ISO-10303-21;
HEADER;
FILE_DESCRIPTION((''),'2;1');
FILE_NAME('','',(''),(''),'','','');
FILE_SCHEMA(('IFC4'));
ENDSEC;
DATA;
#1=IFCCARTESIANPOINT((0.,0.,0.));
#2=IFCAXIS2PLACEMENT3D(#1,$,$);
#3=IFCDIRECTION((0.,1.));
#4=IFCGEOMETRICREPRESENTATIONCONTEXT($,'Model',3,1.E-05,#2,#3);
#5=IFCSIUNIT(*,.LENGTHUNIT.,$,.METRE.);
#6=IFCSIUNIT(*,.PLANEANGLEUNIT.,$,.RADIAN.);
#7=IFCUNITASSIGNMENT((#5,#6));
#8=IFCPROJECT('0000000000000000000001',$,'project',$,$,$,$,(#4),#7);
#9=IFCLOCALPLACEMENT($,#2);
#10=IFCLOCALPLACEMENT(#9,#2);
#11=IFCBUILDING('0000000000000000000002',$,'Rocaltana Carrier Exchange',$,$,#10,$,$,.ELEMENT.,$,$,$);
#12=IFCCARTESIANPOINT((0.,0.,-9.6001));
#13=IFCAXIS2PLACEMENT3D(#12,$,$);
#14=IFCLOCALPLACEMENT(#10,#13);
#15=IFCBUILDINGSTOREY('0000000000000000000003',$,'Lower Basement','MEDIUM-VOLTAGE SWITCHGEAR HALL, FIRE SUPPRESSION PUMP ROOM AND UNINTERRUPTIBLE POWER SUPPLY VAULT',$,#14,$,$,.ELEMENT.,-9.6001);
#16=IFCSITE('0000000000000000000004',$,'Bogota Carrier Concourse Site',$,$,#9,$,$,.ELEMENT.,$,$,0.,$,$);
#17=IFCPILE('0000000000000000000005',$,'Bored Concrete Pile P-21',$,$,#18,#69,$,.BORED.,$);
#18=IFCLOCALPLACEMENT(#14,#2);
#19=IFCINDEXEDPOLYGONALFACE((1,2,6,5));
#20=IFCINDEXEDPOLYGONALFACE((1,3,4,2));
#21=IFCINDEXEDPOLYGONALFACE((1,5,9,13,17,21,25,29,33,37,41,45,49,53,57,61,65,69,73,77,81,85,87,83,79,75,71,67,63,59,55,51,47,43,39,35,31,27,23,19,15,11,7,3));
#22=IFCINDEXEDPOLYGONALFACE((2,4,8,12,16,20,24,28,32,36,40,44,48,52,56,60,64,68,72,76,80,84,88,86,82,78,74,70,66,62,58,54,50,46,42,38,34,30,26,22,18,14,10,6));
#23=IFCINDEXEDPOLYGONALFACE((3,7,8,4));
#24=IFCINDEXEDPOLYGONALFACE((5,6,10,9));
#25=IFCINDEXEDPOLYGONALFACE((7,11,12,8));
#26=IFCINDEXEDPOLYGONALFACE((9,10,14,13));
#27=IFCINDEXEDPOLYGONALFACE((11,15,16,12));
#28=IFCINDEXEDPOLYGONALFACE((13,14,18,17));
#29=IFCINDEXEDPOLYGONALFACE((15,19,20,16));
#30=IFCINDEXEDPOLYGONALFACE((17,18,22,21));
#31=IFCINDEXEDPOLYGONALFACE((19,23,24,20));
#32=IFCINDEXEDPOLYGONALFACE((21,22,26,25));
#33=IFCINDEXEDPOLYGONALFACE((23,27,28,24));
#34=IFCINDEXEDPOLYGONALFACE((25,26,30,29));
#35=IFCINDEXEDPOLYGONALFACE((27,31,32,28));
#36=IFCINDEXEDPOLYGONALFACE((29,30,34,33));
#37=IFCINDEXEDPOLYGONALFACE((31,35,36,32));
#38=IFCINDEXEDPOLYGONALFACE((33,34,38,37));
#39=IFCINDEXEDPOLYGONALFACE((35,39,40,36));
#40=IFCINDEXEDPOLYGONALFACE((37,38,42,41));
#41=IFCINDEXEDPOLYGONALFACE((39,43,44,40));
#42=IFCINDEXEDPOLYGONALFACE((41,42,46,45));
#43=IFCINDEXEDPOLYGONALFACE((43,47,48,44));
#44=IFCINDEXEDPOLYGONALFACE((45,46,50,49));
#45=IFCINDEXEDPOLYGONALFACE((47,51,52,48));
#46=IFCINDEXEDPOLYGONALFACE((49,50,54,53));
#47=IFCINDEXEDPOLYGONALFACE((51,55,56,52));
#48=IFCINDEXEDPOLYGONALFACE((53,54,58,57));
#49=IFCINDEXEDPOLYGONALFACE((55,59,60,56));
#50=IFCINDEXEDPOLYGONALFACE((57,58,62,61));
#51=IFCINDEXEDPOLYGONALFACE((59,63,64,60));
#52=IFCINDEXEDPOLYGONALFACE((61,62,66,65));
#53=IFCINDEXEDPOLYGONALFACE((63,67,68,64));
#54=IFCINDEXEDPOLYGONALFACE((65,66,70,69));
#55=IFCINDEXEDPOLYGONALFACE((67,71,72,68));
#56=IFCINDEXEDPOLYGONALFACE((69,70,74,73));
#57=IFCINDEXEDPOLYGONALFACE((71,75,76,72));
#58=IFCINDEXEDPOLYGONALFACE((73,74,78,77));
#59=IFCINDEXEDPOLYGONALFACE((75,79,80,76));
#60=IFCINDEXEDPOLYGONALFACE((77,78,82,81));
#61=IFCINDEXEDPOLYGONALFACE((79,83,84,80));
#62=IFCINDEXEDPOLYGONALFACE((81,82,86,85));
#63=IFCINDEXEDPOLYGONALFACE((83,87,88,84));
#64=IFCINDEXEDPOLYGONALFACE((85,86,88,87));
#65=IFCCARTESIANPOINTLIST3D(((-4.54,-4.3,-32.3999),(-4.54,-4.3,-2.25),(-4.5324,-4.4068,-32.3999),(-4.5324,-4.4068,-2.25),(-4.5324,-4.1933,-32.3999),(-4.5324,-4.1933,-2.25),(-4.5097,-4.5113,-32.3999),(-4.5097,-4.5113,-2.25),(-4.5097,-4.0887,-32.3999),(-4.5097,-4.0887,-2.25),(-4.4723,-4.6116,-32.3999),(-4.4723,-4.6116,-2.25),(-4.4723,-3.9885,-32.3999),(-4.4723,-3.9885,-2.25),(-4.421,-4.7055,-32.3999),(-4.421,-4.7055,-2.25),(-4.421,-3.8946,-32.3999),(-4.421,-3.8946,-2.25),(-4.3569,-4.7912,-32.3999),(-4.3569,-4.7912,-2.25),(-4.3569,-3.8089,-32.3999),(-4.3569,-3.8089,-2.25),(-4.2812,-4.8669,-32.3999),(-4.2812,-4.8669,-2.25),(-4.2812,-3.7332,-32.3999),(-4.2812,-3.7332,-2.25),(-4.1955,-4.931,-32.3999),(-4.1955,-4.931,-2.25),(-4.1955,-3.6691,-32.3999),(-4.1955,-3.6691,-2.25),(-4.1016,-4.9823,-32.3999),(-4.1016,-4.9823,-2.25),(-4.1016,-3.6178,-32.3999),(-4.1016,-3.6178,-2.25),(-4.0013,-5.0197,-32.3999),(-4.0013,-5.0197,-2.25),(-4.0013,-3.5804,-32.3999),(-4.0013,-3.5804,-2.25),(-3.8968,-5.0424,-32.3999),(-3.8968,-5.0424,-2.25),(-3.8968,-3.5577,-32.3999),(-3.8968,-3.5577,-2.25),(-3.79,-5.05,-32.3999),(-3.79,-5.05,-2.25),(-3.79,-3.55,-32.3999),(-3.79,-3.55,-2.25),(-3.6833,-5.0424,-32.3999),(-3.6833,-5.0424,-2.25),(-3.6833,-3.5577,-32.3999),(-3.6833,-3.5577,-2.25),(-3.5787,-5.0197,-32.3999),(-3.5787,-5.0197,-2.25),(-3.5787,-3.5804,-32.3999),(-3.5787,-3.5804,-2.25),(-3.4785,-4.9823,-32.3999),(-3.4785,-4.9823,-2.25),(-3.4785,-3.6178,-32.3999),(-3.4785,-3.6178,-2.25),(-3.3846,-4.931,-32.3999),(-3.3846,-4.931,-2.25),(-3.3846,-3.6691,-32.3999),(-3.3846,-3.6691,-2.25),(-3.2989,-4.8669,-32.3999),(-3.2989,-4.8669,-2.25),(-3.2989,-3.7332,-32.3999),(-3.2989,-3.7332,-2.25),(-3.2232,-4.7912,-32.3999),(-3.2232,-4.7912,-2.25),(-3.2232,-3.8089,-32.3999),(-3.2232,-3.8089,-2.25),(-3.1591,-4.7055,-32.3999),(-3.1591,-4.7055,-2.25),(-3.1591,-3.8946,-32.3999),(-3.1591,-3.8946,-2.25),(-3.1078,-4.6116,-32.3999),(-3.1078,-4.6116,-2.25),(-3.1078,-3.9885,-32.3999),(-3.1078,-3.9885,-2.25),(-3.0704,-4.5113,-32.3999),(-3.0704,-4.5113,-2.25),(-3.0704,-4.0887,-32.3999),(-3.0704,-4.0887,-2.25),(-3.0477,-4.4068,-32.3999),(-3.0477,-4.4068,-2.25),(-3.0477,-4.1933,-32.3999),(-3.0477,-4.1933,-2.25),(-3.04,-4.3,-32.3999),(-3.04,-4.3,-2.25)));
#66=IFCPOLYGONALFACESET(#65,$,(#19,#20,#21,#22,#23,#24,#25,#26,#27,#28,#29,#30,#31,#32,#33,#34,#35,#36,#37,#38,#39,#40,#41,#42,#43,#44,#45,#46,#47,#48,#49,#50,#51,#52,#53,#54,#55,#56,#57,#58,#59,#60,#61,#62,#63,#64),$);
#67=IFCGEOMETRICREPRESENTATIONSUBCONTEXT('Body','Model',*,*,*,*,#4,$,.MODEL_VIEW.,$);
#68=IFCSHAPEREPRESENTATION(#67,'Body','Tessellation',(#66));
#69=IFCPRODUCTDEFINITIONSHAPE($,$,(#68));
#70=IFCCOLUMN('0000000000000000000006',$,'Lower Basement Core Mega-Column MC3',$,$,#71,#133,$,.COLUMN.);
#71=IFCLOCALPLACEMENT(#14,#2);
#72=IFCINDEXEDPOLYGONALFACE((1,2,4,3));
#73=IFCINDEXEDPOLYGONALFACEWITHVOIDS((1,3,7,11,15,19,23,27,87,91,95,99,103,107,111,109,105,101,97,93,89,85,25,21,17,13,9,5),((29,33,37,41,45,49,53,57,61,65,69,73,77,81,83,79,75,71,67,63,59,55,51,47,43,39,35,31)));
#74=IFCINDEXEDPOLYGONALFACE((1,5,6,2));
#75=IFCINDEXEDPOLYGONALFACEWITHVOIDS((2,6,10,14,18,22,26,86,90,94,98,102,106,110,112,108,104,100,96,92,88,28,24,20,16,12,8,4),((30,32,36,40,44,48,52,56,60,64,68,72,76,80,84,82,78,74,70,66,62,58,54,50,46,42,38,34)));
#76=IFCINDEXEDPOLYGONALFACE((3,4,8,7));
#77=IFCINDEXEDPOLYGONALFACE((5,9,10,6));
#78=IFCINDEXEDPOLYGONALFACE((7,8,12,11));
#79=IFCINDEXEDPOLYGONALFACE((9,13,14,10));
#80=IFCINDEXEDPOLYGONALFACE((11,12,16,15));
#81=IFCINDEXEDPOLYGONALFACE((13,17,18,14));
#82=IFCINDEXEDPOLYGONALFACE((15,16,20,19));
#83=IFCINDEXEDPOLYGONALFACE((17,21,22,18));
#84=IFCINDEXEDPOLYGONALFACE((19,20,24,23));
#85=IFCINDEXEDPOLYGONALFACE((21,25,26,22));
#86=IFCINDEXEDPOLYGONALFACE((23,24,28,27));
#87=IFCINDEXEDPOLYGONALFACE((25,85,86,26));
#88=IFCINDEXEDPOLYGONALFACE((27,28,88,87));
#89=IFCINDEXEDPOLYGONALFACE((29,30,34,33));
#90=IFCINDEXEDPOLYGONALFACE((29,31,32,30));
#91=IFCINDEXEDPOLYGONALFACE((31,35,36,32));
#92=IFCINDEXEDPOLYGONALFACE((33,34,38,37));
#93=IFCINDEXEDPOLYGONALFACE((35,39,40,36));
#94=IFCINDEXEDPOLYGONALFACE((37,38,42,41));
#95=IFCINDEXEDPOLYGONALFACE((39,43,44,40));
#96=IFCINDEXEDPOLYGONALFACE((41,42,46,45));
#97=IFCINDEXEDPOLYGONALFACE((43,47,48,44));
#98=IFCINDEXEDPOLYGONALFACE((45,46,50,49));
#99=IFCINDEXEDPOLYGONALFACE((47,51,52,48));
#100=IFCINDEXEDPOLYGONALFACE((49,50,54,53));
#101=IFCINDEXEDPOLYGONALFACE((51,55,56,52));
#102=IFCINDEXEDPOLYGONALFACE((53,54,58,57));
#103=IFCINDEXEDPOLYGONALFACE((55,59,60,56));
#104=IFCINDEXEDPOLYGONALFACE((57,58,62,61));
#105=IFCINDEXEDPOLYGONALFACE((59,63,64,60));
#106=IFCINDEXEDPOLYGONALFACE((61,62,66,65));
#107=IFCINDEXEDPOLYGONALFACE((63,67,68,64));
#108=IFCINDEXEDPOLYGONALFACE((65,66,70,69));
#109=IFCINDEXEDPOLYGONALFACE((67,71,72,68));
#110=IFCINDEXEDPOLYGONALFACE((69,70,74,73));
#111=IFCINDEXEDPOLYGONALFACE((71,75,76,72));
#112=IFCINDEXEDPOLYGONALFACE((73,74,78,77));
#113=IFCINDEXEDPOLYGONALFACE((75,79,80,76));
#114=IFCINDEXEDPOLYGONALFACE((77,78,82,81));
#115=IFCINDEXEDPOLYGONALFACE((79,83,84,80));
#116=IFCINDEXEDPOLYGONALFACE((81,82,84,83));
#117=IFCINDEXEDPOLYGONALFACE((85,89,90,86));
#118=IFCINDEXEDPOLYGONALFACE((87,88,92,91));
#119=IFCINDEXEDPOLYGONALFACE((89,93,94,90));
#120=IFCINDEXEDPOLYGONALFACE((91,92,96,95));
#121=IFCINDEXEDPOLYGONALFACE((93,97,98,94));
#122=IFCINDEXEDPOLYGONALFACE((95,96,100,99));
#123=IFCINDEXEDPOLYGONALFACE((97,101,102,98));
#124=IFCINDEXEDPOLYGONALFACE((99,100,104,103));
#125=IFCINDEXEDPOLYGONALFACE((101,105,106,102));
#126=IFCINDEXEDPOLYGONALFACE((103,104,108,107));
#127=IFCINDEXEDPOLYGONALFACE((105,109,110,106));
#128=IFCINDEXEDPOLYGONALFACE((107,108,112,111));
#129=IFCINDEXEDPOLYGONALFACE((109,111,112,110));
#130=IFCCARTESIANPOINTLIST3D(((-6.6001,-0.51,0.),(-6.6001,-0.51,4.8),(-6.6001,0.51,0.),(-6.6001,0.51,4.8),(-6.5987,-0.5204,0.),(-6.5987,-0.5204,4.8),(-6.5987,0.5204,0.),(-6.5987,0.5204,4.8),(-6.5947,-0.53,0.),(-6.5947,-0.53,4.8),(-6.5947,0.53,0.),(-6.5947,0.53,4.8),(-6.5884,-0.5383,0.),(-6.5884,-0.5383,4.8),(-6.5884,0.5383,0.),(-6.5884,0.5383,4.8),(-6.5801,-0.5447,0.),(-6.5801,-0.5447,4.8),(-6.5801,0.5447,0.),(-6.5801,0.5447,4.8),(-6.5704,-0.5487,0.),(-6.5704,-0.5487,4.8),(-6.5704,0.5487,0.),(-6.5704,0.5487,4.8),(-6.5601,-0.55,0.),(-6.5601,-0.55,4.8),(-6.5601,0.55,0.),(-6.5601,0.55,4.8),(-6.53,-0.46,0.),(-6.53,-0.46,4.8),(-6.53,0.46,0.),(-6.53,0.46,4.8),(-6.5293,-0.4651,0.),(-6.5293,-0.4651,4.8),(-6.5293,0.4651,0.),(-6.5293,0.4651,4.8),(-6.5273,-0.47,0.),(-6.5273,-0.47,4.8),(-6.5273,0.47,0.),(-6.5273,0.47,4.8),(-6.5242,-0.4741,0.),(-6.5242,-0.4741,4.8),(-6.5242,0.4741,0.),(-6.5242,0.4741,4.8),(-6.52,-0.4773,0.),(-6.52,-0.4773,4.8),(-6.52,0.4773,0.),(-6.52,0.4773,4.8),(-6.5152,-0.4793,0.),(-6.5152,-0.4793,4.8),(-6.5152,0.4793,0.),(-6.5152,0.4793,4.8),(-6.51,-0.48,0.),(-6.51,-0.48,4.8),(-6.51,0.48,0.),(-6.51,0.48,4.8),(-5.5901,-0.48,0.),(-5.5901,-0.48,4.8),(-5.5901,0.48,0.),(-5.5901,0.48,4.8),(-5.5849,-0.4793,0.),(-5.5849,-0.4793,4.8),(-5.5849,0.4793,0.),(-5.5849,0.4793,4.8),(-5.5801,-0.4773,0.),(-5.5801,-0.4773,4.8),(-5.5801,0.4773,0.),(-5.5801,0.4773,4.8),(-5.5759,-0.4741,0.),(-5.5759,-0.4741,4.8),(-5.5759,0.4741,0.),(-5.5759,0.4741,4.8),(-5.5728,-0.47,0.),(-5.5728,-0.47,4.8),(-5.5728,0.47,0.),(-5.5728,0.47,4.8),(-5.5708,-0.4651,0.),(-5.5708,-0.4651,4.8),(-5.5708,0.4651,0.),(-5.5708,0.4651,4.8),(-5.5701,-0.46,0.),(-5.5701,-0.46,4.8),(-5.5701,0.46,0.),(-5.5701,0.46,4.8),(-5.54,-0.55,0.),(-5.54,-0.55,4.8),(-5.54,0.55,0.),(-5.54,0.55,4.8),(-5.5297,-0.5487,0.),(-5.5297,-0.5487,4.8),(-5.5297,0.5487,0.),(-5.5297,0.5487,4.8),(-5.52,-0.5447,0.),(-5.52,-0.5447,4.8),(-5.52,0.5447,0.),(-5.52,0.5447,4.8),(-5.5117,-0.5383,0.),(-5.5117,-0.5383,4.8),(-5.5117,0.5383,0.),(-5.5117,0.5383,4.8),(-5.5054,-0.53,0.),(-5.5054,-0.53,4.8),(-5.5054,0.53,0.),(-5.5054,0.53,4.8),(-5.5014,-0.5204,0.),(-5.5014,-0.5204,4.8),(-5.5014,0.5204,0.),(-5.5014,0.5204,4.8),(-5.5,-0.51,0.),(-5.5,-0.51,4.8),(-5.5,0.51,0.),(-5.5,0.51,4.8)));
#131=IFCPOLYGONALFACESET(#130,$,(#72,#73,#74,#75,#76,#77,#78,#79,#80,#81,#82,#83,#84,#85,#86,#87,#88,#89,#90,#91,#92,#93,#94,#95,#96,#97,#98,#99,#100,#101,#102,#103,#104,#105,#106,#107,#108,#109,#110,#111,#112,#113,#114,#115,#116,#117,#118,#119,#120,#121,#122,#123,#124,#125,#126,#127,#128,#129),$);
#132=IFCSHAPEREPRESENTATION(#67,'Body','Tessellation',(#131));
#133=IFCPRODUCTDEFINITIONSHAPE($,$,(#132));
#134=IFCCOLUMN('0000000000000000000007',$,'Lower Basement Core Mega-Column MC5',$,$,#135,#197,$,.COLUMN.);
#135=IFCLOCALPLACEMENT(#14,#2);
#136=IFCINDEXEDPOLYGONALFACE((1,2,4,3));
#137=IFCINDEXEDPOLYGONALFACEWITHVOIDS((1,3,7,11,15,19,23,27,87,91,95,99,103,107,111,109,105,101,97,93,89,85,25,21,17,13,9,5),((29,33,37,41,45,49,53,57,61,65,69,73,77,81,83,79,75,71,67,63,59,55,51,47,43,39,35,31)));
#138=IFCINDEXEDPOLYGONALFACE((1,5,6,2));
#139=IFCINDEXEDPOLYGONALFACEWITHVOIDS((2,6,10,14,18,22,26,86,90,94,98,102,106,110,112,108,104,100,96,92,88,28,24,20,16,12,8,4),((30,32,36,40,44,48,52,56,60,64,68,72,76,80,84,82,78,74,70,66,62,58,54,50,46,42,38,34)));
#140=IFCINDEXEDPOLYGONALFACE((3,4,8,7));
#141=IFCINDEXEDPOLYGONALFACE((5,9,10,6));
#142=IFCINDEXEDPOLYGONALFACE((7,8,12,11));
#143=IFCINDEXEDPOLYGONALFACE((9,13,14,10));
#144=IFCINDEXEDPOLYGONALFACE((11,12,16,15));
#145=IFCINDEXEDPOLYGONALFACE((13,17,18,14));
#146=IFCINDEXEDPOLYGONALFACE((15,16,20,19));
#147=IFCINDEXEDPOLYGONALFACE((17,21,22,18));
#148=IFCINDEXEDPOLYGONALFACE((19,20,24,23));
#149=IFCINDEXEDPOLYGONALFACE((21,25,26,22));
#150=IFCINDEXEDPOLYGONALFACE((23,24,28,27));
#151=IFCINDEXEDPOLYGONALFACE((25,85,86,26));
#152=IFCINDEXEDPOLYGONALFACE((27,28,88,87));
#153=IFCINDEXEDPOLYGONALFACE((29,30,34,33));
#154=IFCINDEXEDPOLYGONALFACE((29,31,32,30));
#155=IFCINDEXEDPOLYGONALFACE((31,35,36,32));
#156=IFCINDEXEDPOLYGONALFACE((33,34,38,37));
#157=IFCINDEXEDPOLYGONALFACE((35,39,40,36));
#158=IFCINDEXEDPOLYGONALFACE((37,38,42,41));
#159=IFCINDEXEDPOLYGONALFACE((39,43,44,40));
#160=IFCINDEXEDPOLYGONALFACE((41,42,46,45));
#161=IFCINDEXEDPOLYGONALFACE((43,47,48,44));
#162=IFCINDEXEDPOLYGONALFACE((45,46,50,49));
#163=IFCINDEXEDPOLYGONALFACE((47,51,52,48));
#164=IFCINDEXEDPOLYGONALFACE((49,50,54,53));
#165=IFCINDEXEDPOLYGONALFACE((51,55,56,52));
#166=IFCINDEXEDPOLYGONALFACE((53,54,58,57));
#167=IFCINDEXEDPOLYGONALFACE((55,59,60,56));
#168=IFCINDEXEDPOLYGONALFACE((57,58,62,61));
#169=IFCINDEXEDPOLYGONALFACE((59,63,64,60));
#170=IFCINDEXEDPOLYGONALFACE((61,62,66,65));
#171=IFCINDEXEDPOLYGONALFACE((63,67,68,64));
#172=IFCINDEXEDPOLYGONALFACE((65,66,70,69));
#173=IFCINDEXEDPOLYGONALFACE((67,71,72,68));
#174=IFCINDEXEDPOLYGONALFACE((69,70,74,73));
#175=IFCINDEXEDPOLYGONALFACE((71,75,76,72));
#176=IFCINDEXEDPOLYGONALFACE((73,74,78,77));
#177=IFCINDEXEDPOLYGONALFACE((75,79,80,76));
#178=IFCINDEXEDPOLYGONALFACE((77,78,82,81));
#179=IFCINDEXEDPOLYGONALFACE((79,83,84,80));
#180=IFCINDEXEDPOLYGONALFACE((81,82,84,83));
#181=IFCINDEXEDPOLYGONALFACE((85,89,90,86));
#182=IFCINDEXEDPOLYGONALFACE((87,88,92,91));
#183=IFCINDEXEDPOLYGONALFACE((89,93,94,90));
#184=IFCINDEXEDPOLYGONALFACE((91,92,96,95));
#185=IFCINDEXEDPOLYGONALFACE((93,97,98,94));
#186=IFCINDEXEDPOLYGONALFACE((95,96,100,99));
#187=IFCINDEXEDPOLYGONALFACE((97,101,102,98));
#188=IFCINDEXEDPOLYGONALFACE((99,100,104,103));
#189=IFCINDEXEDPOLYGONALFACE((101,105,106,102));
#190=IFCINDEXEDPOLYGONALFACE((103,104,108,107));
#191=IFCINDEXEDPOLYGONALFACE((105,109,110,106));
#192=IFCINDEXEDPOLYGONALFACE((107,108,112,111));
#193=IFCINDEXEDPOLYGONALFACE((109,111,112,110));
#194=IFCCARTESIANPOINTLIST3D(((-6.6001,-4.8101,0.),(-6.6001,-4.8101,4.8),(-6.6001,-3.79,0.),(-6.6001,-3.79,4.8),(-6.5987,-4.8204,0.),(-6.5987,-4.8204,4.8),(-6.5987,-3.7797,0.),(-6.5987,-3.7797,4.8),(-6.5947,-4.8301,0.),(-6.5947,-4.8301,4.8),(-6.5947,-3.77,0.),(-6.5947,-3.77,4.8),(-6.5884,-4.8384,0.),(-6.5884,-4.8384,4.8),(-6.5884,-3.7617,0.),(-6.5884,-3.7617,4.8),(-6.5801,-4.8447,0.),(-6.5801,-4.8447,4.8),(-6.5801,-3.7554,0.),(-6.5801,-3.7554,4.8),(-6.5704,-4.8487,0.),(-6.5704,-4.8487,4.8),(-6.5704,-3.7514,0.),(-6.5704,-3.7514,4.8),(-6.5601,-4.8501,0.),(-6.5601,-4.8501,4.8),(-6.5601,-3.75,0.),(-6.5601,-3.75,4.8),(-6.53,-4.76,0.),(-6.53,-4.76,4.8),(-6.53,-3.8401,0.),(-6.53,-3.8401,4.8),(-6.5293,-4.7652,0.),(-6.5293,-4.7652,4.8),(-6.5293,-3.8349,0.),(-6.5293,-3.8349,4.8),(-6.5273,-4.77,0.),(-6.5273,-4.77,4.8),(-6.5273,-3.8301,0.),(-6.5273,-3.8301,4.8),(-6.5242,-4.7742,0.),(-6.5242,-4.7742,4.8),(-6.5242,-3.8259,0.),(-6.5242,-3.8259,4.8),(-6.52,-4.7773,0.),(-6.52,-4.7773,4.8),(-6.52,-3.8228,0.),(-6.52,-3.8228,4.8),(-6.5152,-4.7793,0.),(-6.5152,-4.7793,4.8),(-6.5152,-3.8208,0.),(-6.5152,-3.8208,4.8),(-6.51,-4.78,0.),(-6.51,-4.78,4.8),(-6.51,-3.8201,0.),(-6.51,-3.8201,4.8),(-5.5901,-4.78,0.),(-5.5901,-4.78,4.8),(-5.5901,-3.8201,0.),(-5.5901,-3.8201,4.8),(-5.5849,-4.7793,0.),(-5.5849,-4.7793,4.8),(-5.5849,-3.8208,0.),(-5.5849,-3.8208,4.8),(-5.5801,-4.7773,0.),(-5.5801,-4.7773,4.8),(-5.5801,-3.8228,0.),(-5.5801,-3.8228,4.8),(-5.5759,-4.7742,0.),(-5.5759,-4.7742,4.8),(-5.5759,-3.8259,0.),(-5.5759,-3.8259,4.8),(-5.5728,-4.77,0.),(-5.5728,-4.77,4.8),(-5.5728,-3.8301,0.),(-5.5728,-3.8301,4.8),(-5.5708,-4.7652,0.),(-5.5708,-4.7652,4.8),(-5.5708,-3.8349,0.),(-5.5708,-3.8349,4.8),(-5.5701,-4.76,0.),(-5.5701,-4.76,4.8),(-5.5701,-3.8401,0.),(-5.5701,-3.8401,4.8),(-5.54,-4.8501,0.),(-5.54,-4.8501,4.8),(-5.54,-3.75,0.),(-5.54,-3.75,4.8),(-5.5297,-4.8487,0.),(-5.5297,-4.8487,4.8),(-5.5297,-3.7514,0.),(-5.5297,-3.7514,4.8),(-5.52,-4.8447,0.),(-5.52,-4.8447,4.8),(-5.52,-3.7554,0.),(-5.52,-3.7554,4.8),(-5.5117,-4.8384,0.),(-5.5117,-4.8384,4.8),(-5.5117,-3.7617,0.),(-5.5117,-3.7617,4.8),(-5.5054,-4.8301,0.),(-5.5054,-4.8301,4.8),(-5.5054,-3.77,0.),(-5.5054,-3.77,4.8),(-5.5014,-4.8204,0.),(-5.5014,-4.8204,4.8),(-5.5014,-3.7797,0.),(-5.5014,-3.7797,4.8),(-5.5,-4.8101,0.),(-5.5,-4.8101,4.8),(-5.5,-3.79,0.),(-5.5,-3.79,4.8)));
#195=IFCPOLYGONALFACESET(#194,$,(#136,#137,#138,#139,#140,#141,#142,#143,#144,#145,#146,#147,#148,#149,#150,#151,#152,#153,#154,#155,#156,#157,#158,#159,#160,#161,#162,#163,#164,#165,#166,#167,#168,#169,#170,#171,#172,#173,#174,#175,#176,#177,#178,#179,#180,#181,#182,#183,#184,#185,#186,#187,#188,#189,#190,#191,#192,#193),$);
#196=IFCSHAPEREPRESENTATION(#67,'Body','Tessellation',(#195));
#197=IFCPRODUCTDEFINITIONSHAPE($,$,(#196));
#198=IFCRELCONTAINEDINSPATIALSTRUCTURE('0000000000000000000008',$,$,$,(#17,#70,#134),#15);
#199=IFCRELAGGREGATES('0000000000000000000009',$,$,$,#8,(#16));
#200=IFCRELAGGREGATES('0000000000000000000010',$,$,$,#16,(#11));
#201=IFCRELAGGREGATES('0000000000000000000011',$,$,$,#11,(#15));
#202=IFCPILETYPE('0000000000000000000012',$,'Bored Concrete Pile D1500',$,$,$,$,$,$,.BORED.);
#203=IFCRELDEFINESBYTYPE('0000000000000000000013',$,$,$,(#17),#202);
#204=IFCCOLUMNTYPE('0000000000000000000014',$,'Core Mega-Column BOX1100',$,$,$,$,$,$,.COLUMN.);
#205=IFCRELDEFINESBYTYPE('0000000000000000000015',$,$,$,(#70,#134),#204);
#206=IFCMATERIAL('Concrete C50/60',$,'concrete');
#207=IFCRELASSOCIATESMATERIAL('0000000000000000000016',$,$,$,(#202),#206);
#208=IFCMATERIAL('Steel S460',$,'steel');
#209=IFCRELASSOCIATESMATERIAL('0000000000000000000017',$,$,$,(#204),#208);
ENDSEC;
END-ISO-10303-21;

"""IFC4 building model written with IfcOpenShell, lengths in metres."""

from ifc_helpers import new_model, si_unit, direction, frame, origin, origin_2d, place, context, subcontext, project, spatial, hollow_rectangle, circle, extrude, material, material_profile, profile_set, type_object, element, save


model = new_model("IFC4")

# Units and contexts
model_context = context("Model", 3, precision=1e-05, world=origin(), true_north=direction((0.0, 1.0)))
body_context = subcontext(model_context, "Body", "Model", "MODEL_VIEW")
ifc_project = project(units=[si_unit("LENGTHUNIT", "METRE"), si_unit("PLANEANGLEUNIT", "RADIAN")], contexts=[model_context])

# Site, building, storey
site_placement = place(None, origin())
site = spatial("IfcSite", under=ifc_project, at=site_placement, Name="Bogota Carrier Concourse Site", CompositionType="ELEMENT", RefElevation=0.0)
building_placement = place(site_placement, origin())
building = spatial("IfcBuilding", under=site, at=building_placement, Name="Rocaltana Carrier Exchange", CompositionType="ELEMENT")
storey_placement = place(building_placement, frame((0.0, 0.0, -9.6001)))
storey = spatial("IfcBuildingStorey", under=building, at=storey_placement, Name="Lower Basement", Description="MEDIUM-VOLTAGE SWITCHGEAR HALL, FIRE SUPPRESSION PUMP ROOM AND UNINTERRUPTIBLE POWER SUPPLY VAULT", CompositionType="ELEMENT", Elevation=-9.6001)

# Pile
ifc_material_1 = material(Name="Concrete C50/60", Category="concrete")
ifc_material_profile_1 = material_profile(ifc_material_1, circle(Radius=0.75, at=origin_2d()), Name="PILE-D1500")
ifc_profile_set_1 = profile_set([ifc_material_profile_1], Name="Concrete C50/60")
pile_type = type_object("IfcPileType", Name="Bored Concrete Pile D1500", PredefinedType="BORED", material=ifc_profile_set_1)
pile_placement = place(storey_placement, frame((-3.79, -4.3, -2.25), z_axis=(0.0, 0.0, -1.0), x_axis=(1.0, 0.0, 0.0)))
element("IfcPile", 1, at=pile_placement, inside=storey, type_object=pile_type, Name="Bored Concrete Pile P-21", PredefinedType="BORED", context=body_context, shape_type="SweptSolid", body=[
    extrude(circle(Radius=0.75, at=origin_2d()), origin(), (0.0, 0.0, 1.0), 30.1499),
])

# Columns
ifc_material_2 = material(Name="Steel S460", Category="steel")
ifc_material_profile_2 = material_profile(ifc_material_2, hollow_rectangle(XDim=1.1001, YDim=1.1001, WallThickness=0.0701, InnerFilletRadius=0.02, OuterFilletRadius=0.04, at=origin_2d()), Name="BOX1100X1100X70")
ifc_profile_set_2 = profile_set([ifc_material_profile_2], Name="Steel S460")
column_type = type_object("IfcColumnType", Name="Core Mega-Column BOX1100", PredefinedType="COLUMN", material=ifc_profile_set_2)
for number, where, z_axis, x_axis, name in (
    (2, (-6.05, 0.0, 0.0), (0.0, 0.0, 1.0), (1.0, 0.0, 0.0), "Lower Basement Core Mega-Column MC3"),
    (3, (-6.05, -4.3, 0.0), (0.0, 0.0, 1.0), (1.0, 0.0, 0.0), "Lower Basement Core Mega-Column MC5"),
):
    element("IfcColumn", number, at=place(storey_placement, frame(where, z_axis=z_axis, x_axis=x_axis)), inside=storey, type_object=column_type, Name=name, PredefinedType="COLUMN", context=body_context, shape_type="SweptSolid", body=[
        extrude(hollow_rectangle(XDim=1.1001, YDim=1.1001, WallThickness=0.0701, InnerFilletRadius=0.02, OuterFilletRadius=0.04, at=origin_2d()), origin(), (0.0, 0.0, 1.0), 4.8),
    ])

save(model, "model.ifc")
